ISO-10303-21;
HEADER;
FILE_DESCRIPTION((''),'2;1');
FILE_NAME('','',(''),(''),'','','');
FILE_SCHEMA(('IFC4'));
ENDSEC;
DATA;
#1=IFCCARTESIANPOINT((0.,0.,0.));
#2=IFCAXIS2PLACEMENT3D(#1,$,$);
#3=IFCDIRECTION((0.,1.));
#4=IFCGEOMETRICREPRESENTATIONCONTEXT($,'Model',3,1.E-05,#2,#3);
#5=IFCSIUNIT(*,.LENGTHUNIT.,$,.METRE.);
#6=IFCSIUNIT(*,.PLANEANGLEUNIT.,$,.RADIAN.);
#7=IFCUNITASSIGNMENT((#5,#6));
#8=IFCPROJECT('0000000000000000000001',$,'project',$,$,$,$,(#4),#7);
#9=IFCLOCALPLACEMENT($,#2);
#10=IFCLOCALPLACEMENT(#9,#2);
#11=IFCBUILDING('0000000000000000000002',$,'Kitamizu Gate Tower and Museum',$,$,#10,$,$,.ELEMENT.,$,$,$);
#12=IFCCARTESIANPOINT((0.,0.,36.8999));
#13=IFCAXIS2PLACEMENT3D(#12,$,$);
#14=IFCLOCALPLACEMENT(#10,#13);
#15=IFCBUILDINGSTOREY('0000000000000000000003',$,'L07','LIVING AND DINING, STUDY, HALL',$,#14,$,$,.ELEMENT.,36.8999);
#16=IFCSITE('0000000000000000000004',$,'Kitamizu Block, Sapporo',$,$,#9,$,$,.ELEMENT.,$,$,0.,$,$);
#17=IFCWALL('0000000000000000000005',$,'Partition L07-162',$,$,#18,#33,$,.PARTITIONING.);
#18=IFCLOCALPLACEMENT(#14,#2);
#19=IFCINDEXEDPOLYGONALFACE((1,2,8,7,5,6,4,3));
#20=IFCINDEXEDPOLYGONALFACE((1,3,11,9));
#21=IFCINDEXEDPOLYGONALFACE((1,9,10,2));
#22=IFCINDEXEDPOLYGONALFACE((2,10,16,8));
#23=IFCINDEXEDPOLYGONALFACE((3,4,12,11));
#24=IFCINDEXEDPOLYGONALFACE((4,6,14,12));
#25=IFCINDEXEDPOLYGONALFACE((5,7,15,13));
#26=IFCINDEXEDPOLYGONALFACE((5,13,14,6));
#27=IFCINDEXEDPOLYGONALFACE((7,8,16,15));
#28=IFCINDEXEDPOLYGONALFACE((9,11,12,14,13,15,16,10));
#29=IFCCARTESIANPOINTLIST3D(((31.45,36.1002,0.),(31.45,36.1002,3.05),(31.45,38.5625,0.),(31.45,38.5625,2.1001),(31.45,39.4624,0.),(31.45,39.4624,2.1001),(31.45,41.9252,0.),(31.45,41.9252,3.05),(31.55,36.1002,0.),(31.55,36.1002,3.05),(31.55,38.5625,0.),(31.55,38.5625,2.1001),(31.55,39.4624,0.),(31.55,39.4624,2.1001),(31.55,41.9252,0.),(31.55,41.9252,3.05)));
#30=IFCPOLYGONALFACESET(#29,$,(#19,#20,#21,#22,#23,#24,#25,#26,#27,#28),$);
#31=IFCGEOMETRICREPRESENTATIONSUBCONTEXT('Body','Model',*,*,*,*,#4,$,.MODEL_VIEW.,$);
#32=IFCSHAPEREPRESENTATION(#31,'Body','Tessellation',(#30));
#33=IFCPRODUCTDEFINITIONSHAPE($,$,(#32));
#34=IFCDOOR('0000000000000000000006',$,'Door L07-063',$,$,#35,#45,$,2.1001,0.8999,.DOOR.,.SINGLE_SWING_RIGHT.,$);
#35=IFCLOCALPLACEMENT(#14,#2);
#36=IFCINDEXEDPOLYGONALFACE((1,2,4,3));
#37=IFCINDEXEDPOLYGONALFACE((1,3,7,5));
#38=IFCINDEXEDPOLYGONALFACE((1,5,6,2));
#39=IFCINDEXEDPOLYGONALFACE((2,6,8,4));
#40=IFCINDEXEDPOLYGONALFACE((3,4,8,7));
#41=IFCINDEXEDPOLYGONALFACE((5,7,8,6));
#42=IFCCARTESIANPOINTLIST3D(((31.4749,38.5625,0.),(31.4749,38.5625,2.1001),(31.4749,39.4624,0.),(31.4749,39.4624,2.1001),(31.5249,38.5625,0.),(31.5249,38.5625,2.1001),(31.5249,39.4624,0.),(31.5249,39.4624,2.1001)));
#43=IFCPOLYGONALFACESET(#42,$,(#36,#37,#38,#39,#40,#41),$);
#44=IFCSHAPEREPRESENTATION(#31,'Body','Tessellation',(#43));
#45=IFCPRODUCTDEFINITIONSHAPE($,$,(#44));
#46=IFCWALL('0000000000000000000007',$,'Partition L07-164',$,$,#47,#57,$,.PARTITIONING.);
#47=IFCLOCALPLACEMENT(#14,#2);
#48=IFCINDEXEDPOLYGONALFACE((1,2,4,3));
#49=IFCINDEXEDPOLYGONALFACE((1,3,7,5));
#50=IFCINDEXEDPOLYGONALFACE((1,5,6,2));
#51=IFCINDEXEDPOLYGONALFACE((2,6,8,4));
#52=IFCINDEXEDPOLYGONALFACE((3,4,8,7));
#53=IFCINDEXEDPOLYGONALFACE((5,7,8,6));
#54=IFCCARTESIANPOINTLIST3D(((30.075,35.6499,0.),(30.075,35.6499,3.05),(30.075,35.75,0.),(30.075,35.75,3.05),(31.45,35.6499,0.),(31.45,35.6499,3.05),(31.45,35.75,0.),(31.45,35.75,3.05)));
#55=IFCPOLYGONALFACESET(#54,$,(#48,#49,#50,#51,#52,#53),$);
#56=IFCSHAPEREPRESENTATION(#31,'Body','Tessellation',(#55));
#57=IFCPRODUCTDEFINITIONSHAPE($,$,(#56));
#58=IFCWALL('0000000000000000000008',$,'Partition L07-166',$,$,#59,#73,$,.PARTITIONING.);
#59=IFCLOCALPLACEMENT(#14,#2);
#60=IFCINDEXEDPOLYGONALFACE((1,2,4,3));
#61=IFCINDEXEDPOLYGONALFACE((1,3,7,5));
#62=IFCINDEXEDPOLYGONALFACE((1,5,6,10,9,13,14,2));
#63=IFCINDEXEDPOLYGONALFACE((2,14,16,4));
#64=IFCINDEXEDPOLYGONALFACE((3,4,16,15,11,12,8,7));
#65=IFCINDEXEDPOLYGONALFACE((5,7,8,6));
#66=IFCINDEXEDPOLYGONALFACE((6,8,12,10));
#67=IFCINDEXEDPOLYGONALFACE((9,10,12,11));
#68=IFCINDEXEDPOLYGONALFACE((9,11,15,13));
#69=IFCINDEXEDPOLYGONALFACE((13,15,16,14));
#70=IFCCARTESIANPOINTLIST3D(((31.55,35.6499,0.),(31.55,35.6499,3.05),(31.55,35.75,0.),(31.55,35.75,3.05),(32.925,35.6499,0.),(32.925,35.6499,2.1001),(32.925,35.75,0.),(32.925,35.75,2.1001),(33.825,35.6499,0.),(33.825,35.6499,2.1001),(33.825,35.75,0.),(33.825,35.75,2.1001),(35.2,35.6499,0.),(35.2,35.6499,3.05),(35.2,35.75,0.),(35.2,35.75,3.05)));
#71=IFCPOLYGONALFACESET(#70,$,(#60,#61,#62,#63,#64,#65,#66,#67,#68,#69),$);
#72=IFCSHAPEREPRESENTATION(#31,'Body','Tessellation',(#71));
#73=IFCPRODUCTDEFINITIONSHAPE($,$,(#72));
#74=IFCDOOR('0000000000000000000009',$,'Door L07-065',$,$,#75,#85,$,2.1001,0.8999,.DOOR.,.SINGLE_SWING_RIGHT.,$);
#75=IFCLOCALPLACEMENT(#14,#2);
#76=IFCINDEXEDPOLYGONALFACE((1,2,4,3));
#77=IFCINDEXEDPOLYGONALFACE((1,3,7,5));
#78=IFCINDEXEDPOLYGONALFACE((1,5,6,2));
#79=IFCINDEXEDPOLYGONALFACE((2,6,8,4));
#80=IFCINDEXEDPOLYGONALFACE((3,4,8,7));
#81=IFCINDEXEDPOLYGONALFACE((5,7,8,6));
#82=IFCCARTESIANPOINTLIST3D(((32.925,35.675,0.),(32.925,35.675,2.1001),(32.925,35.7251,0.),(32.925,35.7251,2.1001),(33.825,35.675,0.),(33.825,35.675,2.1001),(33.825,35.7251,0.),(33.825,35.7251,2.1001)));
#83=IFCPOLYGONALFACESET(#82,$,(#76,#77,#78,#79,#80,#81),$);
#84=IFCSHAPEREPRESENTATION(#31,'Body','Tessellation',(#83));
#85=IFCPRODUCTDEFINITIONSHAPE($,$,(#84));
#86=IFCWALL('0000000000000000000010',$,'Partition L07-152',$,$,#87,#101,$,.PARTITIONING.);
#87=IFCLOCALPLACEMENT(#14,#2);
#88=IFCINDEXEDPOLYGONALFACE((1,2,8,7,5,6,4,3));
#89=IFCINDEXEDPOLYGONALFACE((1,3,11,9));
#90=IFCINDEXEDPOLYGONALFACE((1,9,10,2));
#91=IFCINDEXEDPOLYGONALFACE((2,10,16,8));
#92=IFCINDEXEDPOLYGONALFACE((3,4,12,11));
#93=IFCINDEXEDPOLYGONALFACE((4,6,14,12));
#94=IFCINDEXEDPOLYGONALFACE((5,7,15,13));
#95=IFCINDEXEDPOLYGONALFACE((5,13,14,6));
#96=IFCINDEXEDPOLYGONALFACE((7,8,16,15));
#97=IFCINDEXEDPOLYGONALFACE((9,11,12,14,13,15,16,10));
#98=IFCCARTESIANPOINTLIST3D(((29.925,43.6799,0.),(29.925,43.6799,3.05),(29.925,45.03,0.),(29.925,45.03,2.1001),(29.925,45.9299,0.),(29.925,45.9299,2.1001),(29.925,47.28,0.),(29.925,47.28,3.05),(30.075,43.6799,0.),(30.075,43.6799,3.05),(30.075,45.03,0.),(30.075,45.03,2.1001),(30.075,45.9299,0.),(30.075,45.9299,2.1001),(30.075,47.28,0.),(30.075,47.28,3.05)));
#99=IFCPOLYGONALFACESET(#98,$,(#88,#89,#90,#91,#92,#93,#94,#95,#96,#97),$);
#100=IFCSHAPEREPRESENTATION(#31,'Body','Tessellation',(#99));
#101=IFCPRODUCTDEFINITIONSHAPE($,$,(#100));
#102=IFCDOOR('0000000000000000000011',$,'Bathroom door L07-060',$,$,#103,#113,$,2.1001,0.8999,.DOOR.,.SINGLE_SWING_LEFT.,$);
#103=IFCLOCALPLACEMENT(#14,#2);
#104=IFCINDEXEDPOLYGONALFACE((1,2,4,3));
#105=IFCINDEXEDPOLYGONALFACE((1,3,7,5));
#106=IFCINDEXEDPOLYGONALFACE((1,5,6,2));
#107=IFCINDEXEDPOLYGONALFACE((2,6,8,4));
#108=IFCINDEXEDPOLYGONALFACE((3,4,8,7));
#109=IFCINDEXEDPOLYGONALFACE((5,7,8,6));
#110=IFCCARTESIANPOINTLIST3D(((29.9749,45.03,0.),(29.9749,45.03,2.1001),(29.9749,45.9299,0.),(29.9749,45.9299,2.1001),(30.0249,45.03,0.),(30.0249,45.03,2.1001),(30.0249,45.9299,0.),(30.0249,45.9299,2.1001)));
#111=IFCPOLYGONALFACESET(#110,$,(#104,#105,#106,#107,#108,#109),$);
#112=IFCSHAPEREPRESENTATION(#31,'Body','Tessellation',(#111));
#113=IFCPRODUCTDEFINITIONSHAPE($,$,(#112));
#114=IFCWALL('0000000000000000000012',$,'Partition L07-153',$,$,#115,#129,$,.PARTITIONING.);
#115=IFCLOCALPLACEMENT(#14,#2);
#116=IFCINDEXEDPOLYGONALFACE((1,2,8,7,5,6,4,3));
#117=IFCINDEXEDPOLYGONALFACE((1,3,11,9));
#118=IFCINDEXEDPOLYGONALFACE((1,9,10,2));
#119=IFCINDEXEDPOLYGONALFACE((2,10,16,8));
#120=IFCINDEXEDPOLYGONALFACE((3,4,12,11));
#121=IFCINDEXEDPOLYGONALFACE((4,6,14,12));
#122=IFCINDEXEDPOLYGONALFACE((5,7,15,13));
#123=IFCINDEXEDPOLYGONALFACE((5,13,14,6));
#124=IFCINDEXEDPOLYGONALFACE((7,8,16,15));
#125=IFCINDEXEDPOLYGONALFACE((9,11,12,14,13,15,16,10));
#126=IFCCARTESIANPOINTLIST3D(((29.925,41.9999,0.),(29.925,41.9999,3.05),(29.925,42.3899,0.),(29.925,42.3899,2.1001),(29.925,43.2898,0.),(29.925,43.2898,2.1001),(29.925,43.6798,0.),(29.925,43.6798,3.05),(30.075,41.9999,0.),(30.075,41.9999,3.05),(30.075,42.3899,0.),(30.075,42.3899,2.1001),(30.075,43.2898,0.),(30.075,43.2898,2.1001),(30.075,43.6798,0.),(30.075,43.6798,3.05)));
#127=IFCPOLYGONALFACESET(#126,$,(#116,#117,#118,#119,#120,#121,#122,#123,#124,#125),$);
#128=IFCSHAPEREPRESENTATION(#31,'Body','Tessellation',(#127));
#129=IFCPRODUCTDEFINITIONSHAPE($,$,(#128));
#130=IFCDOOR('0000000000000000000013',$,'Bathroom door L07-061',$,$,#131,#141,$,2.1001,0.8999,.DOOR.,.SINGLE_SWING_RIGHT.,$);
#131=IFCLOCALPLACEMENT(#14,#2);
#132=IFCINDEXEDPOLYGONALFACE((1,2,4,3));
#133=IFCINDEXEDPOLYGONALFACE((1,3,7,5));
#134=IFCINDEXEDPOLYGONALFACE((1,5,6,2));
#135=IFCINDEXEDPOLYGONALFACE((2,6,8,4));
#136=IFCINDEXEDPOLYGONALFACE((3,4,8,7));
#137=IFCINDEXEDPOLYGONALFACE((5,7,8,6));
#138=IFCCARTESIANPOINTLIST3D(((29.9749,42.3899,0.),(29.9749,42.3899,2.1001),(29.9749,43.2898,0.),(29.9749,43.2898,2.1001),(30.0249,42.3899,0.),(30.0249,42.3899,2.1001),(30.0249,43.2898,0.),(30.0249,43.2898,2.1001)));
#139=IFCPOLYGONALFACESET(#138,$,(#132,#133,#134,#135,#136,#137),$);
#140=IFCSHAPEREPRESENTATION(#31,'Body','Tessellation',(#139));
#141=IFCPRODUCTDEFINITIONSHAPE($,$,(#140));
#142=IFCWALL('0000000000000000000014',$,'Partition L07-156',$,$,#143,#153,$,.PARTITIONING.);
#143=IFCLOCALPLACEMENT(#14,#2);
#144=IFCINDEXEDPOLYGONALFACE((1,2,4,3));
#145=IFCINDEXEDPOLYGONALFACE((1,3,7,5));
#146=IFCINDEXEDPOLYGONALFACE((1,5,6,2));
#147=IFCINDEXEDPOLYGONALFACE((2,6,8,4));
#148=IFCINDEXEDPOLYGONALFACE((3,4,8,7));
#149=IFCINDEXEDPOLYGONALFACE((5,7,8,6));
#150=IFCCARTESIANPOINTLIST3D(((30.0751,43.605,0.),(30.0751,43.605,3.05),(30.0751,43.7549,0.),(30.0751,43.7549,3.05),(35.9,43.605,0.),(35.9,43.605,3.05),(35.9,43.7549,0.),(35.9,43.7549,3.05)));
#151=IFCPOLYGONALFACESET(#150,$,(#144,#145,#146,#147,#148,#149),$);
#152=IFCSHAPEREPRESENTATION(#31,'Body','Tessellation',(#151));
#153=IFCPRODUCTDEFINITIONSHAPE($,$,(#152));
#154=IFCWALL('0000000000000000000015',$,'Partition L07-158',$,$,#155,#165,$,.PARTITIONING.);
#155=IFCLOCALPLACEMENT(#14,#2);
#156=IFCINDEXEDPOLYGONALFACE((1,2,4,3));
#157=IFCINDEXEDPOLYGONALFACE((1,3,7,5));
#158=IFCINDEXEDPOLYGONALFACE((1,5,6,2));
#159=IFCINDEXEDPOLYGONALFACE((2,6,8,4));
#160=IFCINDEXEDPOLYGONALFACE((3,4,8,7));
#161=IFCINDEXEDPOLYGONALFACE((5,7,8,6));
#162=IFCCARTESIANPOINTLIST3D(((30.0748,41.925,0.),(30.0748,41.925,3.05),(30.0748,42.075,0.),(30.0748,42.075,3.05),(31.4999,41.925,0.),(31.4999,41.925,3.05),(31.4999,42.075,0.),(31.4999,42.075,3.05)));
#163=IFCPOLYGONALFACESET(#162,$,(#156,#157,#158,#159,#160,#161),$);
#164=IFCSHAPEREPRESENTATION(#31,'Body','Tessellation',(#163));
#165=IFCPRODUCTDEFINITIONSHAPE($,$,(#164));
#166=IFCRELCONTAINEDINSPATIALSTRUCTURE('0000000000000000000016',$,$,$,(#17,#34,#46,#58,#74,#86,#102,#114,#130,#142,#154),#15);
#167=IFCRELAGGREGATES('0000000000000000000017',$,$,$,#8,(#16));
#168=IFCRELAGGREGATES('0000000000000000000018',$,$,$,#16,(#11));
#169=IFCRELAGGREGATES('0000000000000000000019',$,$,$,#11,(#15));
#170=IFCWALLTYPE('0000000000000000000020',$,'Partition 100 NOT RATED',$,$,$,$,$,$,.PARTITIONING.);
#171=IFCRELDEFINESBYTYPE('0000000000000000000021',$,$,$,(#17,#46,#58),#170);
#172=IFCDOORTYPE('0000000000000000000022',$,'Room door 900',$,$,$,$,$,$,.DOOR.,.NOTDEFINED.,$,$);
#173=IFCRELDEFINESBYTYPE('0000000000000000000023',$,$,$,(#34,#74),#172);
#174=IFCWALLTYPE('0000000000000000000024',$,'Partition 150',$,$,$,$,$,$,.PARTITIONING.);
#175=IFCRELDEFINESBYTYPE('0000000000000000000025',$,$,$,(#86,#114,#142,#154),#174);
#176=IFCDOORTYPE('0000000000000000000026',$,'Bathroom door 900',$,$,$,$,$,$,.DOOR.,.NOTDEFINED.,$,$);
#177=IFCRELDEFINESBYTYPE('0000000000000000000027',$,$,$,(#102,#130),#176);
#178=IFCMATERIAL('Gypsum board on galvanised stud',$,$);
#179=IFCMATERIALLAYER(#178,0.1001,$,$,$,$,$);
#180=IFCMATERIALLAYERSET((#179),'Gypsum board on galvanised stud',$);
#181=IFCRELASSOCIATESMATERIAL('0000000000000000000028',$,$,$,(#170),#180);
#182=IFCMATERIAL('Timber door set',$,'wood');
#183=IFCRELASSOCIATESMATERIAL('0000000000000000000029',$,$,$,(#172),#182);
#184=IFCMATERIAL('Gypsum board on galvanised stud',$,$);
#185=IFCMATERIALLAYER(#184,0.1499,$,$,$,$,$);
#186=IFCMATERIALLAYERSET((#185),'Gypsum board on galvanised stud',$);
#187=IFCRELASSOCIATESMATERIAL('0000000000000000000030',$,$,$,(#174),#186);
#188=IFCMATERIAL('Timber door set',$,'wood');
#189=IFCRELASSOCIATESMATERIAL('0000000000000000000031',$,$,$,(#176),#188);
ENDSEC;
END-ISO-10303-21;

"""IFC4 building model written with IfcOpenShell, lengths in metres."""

from ifc_helpers import new_model, si_unit, direction, frame, frame_2d, origin, place, context, subcontext, project, spatial, rectangle, extrude, material, layer, layer_set, type_object, element, fill, save


model = new_model("IFC4")

# Units and contexts
model_context = context("Model", 3, precision=1e-05, world=origin(), true_north=direction((0.0, 1.0)))
body_context = subcontext(model_context, "Body", "Model", "MODEL_VIEW")
ifc_project = project(units=[si_unit("LENGTHUNIT", "METRE"), si_unit("PLANEANGLEUNIT", "RADIAN")], contexts=[model_context])

# Site, building, storey
site_placement = place(None, origin())
site = spatial("IfcSite", under=ifc_project, at=site_placement, Name="Kitamizu Block, Sapporo", CompositionType="ELEMENT", RefElevation=0.0)
building_placement = place(site_placement, origin())
building = spatial("IfcBuilding", under=site, at=building_placement, Name="Kitamizu Gate Tower and Museum", CompositionType="ELEMENT")
storey_placement = place(building_placement, frame((0.0, 0.0, 36.8999)))
storey = spatial("IfcBuildingStorey", under=building, at=storey_placement, Name="L07", Description="LIVING AND DINING, STUDY, HALL", CompositionType="ELEMENT", Elevation=36.8999)

# Shared definitions
ifc_material_1 = material(Name="Gypsum board on galvanised stud")
ifc_layer_1 = layer(ifc_material_1, 0.1001)
ifc_layer_set_1 = layer_set([ifc_layer_1], Name="Gypsum board on galvanised stud")
wall_type_1 = type_object("IfcWallType", Name="Partition 100 NOT RATED", PredefinedType="PARTITIONING", material=ifc_layer_set_1)
ifc_material_2 = material(Name="Timber door set", Category="wood")
door_type_1 = type_object("IfcDoorType", Name="Room door 900", OperationType="NOTDEFINED", PredefinedType="DOOR", material=ifc_material_2)

# Wall, opening, door
wall_1_placement = place(storey_placement, frame((31.5, 36.1001, 0.0), z_axis=(0.0, 0.0, 1.0), x_axis=(0.0, 1.0, 0.0)))
wall_1 = element("IfcWall", 1, at=wall_1_placement, inside=storey, type_object=wall_type_1, Name="Partition L07-162", PredefinedType="PARTITIONING", context=body_context, shape_type="SweptSolid", body=[
    extrude(rectangle(XDim=5.825, YDim=0.1001, at=frame_2d((2.9126, 0.0))), origin(), (0.0, 0.0, 1.0), 3.05),
])
opening_1_placement = place(wall_1_placement, frame((2.4624, 0.0, 0.0)))
opening_1 = element("IfcOpeningElement", 2, at=opening_1_placement, cuts=wall_1, PredefinedType="OPENING", context=body_context, shape_type="SweptSolid", body=[
    extrude(rectangle(XDim=0.8999, YDim=2.1001, at=frame_2d((0.45, 1.05))), frame((0.0, 0.0601, 0.0), z_axis=(0.0, -1.0, 0.0), x_axis=(1.0, 0.0, 0.0)), (0.0, 0.0, 1.0), 0.1201),
])
door_1_placement = place(opening_1_placement, frame((0.8999, 0.0, 0.0), x_axis=(-1.0, 0.0, 0.0)))
door_1 = element("IfcDoor", 3, at=door_1_placement, inside=storey, type_object=door_type_1, Name="Door L07-063", OperationType="SINGLE_SWING_RIGHT", OverallHeight=2.1001, OverallWidth=0.8999, PredefinedType="DOOR", context=body_context, shape_type="SweptSolid", body=[
    extrude(rectangle(XDim=0.8999, YDim=2.1001, at=frame_2d((0.45, 1.05))), frame((0.0, 0.0249, 0.0), z_axis=(0.0, -1.0, 0.0), x_axis=(1.0, 0.0, 0.0)), (0.0, 0.0, 1.0), 0.05),
])
fill(opening_1, door_1)

# Wall
wall_2_placement = place(storey_placement, frame((30.075, 35.7, 0.0), z_axis=(0.0, 0.0, 1.0), x_axis=(1.0, 0.0, 0.0)))
element("IfcWall", 4, at=wall_2_placement, inside=storey, type_object=wall_type_1, Name="Partition L07-164", PredefinedType="PARTITIONING", context=body_context, shape_type="SweptSolid", body=[
    extrude(rectangle(XDim=1.375, YDim=0.1001, at=frame_2d((0.6875, 0.0))), origin(), (0.0, 0.0, 1.0), 3.05),
])

# Walls, openings, doors
wall_3_placement = place(storey_placement, frame((31.55, 35.7, 0.0), z_axis=(0.0, 0.0, 1.0), x_axis=(1.0, 0.0, 0.0)))
wall_3 = element("IfcWall", 5, at=wall_3_placement, inside=storey, type_object=wall_type_1, Name="Partition L07-166", PredefinedType="PARTITIONING", context=body_context, shape_type="SweptSolid", body=[
    extrude(rectangle(XDim=3.6499, YDim=0.1001, at=frame_2d((1.825, 0.0))), origin(), (0.0, 0.0, 1.0), 3.05),
])
opening_2_placement = place(wall_3_placement, frame((1.375, 0.0, 0.0)))
opening_2 = element("IfcOpeningElement", 6, at=opening_2_placement, cuts=wall_3, PredefinedType="OPENING", context=body_context, shape_type="SweptSolid", body=[
    extrude(rectangle(XDim=0.8999, YDim=2.1001, at=frame_2d((0.45, 1.05))), frame((0.0, 0.0601, 0.0), z_axis=(0.0, -1.0, 0.0), x_axis=(1.0, 0.0, 0.0)), (0.0, 0.0, 1.0), 0.1201),
])
door_2_placement = place(opening_2_placement, frame((0.8999, 0.0, 0.0), x_axis=(-1.0, 0.0, 0.0)))
door_2 = element("IfcDoor", 7, at=door_2_placement, inside=storey, type_object=door_type_1, Name="Door L07-065", OperationType="SINGLE_SWING_RIGHT", OverallHeight=2.1001, OverallWidth=0.8999, PredefinedType="DOOR", context=body_context, shape_type="SweptSolid", body=[
    extrude(rectangle(XDim=0.8999, YDim=2.1001, at=frame_2d((0.45, 1.05))), frame((0.0, 0.0249, 0.0), z_axis=(0.0, -1.0, 0.0), x_axis=(1.0, 0.0, 0.0)), (0.0, 0.0, 1.0), 0.05),
])
fill(opening_2, door_2)
ifc_material_3 = material(Name="Gypsum board on galvanised stud")
ifc_layer_2 = layer(ifc_material_3, 0.1499)
ifc_layer_set_2 = layer_set([ifc_layer_2], Name="Gypsum board on galvanised stud")
wall_type_2 = type_object("IfcWallType", Name="Partition 150", PredefinedType="PARTITIONING", material=ifc_layer_set_2)
wall_4_placement = place(storey_placement, frame((30.0, 43.6799, 0.0), z_axis=(0.0, 0.0, 1.0), x_axis=(0.0, 1.0, 0.0)))
wall_4 = element("IfcWall", 8, at=wall_4_placement, inside=storey, type_object=wall_type_2, Name="Partition L07-152", PredefinedType="PARTITIONING", context=body_context, shape_type="SweptSolid", body=[
    extrude(rectangle(XDim=3.6001, YDim=0.1499, at=frame_2d((1.8, 0.0))), origin(), (0.0, 0.0, 1.0), 3.05),
])
opening_3_placement = place(wall_4_placement, frame((1.3501, 0.0, 0.0)))
opening_3 = element("IfcOpeningElement", 9, at=opening_3_placement, cuts=wall_4, PredefinedType="OPENING", context=body_context, shape_type="SweptSolid", body=[
    extrude(rectangle(XDim=0.8999, YDim=2.1001, at=frame_2d((0.45, 1.05))), frame((0.0, 0.085, 0.0), z_axis=(0.0, -1.0, 0.0), x_axis=(1.0, 0.0, 0.0)), (0.0, 0.0, 1.0), 0.1699),
])
ifc_material_4 = material(Name="Timber door set", Category="wood")
door_type_2 = type_object("IfcDoorType", Name="Bathroom door 900", OperationType="NOTDEFINED", PredefinedType="DOOR", material=ifc_material_4)
door_3_placement = place(opening_3_placement, frame((0.8999, 0.0, 0.0), x_axis=(-1.0, 0.0, 0.0)))
door_3 = element("IfcDoor", 10, at=door_3_placement, inside=storey, type_object=door_type_2, Name="Bathroom door L07-060", OperationType="SINGLE_SWING_LEFT", OverallHeight=2.1001, OverallWidth=0.8999, PredefinedType="DOOR", context=body_context, shape_type="SweptSolid", body=[
    extrude(rectangle(XDim=0.8999, YDim=2.1001, at=frame_2d((0.45, 1.05))), frame((0.0, 0.0249, 0.0), z_axis=(0.0, -1.0, 0.0), x_axis=(1.0, 0.0, 0.0)), (0.0, 0.0, 1.0), 0.05),
])
fill(opening_3, door_3)
wall_5_placement = place(storey_placement, frame((30.0, 42.0, 0.0), z_axis=(0.0, 0.0, 1.0), x_axis=(0.0, 1.0, 0.0)))
wall_5 = element("IfcWall", 11, at=wall_5_placement, inside=storey, type_object=wall_type_2, Name="Partition L07-153", PredefinedType="PARTITIONING", context=body_context, shape_type="SweptSolid", body=[
    extrude(rectangle(XDim=1.6799, YDim=0.1499, at=frame_2d((0.8398, 0.0))), origin(), (0.0, 0.0, 1.0), 3.05),
])
opening_4_placement = place(wall_5_placement, frame((0.3899, 0.0, 0.0)))
opening_4 = element("IfcOpeningElement", 12, at=opening_4_placement, cuts=wall_5, PredefinedType="OPENING", context=body_context, shape_type="SweptSolid", body=[
    extrude(rectangle(XDim=0.8999, YDim=2.1001, at=frame_2d((0.45, 1.05))), frame((0.0, 0.085, 0.0), z_axis=(0.0, -1.0, 0.0), x_axis=(1.0, 0.0, 0.0)), (0.0, 0.0, 1.0), 0.1699),
])
door_4_placement = place(opening_4_placement, frame((0.8999, 0.0, 0.0), x_axis=(-1.0, 0.0, 0.0)))
door_4 = element("IfcDoor", 13, at=door_4_placement, inside=storey, type_object=door_type_2, Name="Bathroom door L07-061", OperationType="SINGLE_SWING_RIGHT", OverallHeight=2.1001, OverallWidth=0.8999, PredefinedType="DOOR", context=body_context, shape_type="SweptSolid", body=[
    extrude(rectangle(XDim=0.8999, YDim=2.1001, at=frame_2d((0.45, 1.05))), frame((0.0, 0.0249, 0.0), z_axis=(0.0, -1.0, 0.0), x_axis=(1.0, 0.0, 0.0)), (0.0, 0.0, 1.0), 0.05),
])
fill(opening_4, door_4)

# Walls
wall_6_placement = place(storey_placement, frame((30.075, 43.6799, 0.0), z_axis=(0.0, 0.0, 1.0), x_axis=(1.0, 0.0, 0.0)))
element("IfcWall", 14, at=wall_6_placement, inside=storey, type_object=wall_type_2, Name="Partition L07-156", PredefinedType="PARTITIONING", context=body_context, shape_type="SweptSolid", body=[
    extrude(rectangle(XDim=5.825, YDim=0.1499, at=frame_2d((2.9126, 0.0))), origin(), (0.0, 0.0, 1.0), 3.05),
])
wall_7_placement = place(storey_placement, frame((30.075, 42.0, 0.0), z_axis=(0.0, 0.0, 1.0), x_axis=(1.0, 0.0, 0.0)))
element("IfcWall", 15, at=wall_7_placement, inside=storey, type_object=wall_type_2, Name="Partition L07-158", PredefinedType="PARTITIONING", context=body_context, shape_type="SweptSolid", body=[
    extrude(rectangle(XDim=1.425, YDim=0.1499, at=frame_2d((0.7124, 0.0))), origin(), (0.0, 0.0, 1.0), 3.05),
])

save(model, "model.ifc")
